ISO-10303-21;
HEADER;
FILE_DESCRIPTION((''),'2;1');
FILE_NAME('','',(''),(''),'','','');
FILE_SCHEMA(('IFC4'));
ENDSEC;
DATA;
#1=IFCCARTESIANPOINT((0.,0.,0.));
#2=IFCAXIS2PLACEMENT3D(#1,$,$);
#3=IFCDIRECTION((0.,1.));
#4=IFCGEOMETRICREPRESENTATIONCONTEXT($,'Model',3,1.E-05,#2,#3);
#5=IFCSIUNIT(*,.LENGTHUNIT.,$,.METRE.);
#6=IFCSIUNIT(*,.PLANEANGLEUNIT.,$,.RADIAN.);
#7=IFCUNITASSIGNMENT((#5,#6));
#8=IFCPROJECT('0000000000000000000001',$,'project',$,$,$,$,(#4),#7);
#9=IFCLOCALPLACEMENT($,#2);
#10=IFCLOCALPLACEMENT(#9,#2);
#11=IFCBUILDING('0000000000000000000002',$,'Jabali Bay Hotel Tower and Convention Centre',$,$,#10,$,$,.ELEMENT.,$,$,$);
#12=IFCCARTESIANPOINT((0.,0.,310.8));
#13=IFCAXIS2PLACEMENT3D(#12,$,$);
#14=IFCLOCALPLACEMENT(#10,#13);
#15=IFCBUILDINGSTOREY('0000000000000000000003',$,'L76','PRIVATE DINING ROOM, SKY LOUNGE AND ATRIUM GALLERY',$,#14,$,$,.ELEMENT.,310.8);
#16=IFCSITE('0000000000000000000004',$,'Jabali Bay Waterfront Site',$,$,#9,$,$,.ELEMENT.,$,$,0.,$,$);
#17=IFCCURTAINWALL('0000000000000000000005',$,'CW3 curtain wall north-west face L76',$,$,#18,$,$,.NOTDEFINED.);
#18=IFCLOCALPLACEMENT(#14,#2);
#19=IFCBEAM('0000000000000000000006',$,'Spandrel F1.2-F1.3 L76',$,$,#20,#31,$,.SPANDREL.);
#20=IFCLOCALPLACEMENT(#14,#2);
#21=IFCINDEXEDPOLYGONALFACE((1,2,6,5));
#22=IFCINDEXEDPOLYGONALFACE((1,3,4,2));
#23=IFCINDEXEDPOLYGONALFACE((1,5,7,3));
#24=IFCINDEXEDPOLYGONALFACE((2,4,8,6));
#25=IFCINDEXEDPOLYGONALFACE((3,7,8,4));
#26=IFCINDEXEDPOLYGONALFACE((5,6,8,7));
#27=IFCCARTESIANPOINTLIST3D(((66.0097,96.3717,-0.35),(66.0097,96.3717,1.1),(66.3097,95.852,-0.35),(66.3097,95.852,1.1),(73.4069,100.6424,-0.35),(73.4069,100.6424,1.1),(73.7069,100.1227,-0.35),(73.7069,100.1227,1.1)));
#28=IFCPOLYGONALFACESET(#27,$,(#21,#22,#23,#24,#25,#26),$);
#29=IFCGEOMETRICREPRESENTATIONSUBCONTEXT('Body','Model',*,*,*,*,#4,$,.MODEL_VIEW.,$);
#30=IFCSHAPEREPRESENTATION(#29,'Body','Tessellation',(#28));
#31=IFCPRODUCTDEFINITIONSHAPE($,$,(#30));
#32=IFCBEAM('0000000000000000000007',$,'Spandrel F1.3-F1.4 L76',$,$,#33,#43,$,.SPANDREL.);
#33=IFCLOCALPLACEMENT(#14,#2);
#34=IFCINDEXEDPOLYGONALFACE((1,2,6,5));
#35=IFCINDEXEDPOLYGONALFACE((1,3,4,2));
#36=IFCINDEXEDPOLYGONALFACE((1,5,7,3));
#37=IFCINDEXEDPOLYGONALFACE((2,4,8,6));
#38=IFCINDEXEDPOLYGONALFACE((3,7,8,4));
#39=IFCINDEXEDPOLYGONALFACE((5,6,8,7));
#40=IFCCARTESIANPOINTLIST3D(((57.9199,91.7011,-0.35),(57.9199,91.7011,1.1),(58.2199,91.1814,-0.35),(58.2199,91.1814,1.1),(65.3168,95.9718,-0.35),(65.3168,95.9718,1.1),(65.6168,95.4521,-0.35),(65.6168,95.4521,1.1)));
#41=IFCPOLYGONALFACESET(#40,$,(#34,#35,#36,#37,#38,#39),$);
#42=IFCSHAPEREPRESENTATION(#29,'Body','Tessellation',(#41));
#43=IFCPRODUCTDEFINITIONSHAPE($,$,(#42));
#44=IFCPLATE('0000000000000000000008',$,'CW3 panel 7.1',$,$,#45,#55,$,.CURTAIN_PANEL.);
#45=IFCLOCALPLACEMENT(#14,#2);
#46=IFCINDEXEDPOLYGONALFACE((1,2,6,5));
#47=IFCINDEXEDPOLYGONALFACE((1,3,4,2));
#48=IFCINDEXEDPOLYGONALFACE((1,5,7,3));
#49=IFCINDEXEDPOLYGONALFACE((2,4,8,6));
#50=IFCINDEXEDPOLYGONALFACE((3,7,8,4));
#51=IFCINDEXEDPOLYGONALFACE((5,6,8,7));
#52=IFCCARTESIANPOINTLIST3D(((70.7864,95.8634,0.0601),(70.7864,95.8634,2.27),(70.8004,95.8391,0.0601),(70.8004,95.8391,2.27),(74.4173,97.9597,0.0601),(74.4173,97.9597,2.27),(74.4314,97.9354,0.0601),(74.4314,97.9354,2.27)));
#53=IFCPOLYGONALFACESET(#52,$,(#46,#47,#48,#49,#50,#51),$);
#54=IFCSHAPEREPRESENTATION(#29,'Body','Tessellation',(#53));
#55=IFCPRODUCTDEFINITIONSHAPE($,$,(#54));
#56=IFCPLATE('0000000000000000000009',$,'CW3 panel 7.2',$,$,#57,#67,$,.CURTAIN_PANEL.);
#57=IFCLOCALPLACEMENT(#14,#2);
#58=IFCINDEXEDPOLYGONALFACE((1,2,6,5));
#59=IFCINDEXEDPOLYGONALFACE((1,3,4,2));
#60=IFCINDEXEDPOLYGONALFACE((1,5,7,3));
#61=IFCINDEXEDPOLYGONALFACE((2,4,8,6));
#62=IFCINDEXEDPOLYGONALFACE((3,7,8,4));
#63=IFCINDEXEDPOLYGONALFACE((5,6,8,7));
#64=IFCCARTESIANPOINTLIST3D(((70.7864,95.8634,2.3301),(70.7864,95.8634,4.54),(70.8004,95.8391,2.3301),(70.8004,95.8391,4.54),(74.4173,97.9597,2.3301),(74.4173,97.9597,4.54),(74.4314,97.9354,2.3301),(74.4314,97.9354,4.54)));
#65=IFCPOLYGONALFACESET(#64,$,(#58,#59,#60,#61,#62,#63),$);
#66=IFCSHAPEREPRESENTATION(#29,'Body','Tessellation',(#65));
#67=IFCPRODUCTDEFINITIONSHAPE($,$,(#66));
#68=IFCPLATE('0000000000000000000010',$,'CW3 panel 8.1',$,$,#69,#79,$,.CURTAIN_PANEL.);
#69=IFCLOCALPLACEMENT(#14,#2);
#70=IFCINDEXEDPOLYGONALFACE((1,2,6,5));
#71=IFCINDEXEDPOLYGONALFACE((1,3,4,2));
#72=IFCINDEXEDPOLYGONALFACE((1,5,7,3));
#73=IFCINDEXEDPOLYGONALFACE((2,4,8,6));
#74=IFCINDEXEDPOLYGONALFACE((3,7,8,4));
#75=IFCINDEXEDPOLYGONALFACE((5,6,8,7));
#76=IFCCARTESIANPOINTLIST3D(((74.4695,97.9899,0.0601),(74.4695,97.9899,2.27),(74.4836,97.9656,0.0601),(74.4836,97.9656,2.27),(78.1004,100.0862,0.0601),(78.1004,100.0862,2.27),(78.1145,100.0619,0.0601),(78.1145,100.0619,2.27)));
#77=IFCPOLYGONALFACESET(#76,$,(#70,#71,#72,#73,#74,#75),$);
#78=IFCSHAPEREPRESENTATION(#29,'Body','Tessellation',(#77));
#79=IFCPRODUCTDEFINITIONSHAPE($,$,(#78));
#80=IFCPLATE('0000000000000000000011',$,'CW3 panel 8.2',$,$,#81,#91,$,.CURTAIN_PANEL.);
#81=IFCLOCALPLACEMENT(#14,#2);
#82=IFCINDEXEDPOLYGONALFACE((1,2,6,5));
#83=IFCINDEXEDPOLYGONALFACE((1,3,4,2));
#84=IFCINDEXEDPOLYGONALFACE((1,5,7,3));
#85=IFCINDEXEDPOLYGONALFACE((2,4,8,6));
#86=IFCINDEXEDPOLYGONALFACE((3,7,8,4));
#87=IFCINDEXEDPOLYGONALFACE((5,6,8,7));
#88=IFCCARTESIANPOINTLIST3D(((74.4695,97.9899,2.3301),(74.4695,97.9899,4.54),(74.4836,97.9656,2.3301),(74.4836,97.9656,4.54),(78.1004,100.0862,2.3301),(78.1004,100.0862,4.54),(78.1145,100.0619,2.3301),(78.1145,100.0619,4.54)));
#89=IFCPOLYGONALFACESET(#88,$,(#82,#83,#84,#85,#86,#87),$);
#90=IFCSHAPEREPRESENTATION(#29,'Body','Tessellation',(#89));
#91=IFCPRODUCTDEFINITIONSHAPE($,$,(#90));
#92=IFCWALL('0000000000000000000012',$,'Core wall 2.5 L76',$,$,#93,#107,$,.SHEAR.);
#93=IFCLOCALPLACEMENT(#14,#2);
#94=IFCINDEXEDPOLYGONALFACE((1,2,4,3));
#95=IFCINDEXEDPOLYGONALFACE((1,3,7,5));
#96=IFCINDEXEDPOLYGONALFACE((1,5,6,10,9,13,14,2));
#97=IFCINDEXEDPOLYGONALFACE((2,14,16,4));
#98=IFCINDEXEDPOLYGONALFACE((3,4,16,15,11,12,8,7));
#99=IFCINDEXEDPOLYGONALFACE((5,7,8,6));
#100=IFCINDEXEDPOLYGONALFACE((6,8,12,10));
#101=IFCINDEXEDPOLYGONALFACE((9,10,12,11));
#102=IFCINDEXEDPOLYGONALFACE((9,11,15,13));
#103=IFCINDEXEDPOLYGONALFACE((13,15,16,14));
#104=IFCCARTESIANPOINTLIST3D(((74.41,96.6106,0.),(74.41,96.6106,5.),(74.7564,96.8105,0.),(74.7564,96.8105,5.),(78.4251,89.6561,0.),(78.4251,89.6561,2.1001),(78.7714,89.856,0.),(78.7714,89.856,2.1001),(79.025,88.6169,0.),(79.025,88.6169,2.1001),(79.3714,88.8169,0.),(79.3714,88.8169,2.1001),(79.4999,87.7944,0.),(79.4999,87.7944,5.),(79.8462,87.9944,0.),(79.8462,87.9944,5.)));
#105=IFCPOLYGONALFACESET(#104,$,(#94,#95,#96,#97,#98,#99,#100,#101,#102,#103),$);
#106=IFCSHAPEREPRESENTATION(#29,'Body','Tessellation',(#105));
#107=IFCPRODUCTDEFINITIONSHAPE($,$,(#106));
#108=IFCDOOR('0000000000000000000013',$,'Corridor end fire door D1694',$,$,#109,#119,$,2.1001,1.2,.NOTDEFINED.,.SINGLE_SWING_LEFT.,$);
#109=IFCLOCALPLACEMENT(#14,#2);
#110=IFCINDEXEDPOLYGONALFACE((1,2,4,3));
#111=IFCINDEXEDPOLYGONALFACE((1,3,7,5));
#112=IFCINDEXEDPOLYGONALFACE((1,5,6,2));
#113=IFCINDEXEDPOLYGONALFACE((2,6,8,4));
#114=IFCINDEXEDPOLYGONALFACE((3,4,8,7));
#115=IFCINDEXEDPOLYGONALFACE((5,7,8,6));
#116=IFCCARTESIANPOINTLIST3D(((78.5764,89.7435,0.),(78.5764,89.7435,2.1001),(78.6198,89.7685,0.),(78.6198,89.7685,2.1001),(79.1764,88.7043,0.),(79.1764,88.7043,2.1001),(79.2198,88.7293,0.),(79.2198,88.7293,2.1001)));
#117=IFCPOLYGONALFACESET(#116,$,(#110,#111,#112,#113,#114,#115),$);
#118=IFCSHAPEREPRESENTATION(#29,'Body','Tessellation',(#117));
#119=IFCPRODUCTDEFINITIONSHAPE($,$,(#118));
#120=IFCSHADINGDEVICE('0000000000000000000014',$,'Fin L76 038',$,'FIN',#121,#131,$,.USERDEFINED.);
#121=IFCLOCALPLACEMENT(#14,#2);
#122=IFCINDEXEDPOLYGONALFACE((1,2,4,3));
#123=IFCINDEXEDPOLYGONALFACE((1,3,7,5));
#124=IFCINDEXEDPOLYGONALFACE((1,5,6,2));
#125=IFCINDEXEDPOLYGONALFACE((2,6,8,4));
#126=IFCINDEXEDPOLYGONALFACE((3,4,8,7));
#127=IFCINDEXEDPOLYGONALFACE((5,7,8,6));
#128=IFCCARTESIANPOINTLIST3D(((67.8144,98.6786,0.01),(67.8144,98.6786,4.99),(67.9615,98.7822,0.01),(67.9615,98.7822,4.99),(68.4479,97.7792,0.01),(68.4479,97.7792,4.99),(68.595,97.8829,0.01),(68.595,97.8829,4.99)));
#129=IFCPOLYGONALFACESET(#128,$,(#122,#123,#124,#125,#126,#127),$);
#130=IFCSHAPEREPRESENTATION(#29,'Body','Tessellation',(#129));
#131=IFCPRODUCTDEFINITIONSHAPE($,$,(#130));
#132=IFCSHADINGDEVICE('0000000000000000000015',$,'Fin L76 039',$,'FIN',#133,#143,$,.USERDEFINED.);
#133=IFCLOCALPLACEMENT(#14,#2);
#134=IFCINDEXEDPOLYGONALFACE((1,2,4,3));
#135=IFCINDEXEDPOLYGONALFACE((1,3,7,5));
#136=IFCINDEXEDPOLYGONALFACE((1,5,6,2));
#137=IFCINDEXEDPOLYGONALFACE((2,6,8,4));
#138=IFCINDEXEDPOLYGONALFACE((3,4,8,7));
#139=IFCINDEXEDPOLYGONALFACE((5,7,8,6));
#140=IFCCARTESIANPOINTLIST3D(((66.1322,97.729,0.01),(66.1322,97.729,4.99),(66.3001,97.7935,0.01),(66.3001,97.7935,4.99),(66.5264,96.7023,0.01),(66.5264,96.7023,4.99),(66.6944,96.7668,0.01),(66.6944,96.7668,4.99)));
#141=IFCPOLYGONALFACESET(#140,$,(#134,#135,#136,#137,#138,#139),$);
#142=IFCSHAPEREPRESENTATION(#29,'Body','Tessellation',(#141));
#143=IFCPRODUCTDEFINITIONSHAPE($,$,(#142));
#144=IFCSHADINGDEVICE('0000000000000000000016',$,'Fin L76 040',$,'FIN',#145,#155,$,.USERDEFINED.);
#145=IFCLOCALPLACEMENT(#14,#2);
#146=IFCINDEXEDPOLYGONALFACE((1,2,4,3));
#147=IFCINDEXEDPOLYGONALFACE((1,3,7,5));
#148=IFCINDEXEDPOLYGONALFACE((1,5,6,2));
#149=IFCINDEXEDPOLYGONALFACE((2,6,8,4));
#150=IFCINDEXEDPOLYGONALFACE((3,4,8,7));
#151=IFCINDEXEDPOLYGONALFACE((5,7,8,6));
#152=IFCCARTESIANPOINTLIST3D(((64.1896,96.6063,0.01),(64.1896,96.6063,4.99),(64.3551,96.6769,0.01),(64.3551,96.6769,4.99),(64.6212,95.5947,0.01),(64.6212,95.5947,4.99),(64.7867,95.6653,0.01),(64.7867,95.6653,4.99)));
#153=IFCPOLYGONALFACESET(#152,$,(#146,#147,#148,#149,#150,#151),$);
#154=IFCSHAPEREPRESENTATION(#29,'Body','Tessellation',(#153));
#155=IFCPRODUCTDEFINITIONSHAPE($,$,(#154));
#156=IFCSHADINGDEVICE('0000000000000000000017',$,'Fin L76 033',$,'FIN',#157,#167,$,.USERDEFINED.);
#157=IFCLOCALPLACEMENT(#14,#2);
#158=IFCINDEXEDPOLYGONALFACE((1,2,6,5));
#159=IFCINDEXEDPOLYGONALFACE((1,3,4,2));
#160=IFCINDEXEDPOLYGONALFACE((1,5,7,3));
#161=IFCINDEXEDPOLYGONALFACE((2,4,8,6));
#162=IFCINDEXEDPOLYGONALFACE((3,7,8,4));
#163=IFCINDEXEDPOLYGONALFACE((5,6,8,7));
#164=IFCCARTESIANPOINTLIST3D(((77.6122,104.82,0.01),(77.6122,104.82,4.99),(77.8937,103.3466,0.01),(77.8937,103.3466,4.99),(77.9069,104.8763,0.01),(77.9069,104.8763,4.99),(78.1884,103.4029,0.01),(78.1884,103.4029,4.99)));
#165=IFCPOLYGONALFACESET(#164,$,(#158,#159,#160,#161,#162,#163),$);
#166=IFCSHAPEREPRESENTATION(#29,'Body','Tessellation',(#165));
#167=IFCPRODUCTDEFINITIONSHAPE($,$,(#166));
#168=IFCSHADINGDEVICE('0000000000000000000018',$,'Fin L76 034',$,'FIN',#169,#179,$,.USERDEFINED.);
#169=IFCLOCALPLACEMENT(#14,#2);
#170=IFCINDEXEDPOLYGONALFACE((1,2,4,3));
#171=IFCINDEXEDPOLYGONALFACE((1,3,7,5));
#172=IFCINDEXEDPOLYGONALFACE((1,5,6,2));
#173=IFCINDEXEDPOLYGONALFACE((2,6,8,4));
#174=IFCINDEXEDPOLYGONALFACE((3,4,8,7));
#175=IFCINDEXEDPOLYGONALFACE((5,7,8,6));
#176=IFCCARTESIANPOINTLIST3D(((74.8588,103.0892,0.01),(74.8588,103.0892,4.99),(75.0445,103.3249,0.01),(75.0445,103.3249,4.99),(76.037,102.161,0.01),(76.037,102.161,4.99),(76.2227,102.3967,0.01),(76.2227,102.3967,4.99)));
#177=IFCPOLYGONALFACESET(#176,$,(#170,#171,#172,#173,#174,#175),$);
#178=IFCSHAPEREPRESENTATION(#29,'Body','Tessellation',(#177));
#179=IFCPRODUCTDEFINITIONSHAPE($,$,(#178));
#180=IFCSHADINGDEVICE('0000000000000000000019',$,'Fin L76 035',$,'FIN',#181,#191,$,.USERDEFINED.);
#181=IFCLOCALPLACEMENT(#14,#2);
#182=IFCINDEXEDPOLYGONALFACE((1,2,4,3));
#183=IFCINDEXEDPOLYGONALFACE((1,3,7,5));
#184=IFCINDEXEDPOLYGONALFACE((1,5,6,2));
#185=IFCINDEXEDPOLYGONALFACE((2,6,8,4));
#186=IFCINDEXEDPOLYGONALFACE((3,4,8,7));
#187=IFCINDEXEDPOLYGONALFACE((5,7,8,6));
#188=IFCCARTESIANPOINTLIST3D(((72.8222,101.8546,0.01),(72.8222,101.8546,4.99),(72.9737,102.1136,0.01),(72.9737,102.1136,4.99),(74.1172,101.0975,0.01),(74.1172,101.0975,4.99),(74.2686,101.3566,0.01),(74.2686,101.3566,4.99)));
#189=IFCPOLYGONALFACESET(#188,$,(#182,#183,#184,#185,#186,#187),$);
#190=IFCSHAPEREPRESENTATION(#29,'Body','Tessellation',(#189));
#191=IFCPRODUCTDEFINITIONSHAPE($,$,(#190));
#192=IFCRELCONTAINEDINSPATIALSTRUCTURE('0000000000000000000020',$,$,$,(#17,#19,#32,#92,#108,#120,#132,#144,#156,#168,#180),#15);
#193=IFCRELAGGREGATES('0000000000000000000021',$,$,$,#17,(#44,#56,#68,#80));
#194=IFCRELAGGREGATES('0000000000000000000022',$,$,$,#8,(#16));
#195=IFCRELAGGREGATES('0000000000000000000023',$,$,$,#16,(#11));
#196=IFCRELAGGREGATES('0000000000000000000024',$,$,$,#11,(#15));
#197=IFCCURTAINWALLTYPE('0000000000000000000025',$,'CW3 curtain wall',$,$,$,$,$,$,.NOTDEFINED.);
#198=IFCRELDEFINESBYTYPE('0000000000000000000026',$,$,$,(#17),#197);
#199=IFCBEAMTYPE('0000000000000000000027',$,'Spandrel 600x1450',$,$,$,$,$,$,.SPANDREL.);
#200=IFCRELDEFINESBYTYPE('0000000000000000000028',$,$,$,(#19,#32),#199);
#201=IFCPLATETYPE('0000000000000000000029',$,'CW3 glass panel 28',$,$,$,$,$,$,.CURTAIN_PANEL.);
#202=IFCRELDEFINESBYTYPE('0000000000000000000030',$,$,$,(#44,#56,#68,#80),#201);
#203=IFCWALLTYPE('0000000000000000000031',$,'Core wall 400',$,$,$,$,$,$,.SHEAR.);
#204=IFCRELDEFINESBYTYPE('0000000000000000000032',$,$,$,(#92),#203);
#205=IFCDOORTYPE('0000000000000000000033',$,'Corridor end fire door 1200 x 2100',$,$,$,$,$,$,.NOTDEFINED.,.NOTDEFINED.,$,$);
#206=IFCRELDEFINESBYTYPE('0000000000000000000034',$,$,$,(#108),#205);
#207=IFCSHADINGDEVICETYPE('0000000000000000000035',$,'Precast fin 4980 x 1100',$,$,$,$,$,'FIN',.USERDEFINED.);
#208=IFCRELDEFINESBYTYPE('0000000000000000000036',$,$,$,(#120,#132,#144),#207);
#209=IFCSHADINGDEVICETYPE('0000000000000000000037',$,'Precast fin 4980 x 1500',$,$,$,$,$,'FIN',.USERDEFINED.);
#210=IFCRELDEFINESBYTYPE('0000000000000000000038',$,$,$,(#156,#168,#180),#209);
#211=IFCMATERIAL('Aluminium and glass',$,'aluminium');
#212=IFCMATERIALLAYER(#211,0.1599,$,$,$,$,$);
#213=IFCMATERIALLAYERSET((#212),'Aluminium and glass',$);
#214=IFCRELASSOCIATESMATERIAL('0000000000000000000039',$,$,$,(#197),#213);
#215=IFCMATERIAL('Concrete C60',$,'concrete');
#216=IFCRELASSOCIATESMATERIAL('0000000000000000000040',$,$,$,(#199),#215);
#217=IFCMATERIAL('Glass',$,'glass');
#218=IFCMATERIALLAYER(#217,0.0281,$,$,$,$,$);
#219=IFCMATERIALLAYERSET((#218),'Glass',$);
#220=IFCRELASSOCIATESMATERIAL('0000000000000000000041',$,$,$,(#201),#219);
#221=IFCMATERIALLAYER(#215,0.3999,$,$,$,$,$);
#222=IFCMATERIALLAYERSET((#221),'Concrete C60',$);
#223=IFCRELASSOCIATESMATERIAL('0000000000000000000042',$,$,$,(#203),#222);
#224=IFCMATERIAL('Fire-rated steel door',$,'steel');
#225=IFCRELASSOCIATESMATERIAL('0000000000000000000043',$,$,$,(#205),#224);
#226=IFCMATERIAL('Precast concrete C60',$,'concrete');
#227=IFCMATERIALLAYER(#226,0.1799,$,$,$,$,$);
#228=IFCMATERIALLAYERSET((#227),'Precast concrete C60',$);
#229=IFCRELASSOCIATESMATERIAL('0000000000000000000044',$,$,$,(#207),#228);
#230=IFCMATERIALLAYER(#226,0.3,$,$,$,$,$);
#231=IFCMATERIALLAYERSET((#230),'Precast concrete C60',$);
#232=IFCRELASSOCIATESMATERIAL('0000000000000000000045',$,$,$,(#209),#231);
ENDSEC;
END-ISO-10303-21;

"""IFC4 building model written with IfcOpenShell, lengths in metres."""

from ifc_helpers import new_model, si_unit, direction, frame, frame_2d, origin, origin_2d, place, context, subcontext, project, spatial, rectangle, extrude, material, layer, layer_set, material_profile, profile_set, type_object, element, fill, aggregate, save


model = new_model("IFC4")

# Units and contexts
model_context = context("Model", 3, precision=1e-05, world=origin(), true_north=direction((0.0, 1.0)))
body_context = subcontext(model_context, "Body", "Model", "MODEL_VIEW")
ifc_project = project(units=[si_unit("LENGTHUNIT", "METRE"), si_unit("PLANEANGLEUNIT", "RADIAN")], contexts=[model_context])

# Site, building, storey
site_placement = place(None, origin())
site = spatial("IfcSite", under=ifc_project, at=site_placement, Name="Jabali Bay Waterfront Site", CompositionType="ELEMENT", RefElevation=0.0)
building_placement = place(site_placement, origin())
building = spatial("IfcBuilding", under=site, at=building_placement, Name="Jabali Bay Hotel Tower and Convention Centre", CompositionType="ELEMENT")
storey_placement = place(building_placement, frame((0.0, 0.0, 310.8)))
storey = spatial("IfcBuildingStorey", under=building, at=storey_placement, Name="L76", Description="PRIVATE DINING ROOM, SKY LOUNGE AND ATRIUM GALLERY", CompositionType="ELEMENT", Elevation=310.8)

# Shared definitions
ifc_material_1 = material(Name="Concrete C60", Category="concrete")

# Curtain wall
ifc_material_2 = material(Name="Aluminium and glass", Category="aluminium")
ifc_layer_1 = layer(ifc_material_2, 0.1599)
ifc_layer_set_1 = layer_set([ifc_layer_1], Name="Aluminium and glass")
curtain_wall_type = type_object("IfcCurtainWallType", Name="CW3 curtain wall", PredefinedType="NOTDEFINED", material=ifc_layer_set_1)
curtain_wall_placement = place(storey_placement, origin())
curtain_wall = element("IfcCurtainWall", 1, at=curtain_wall_placement, inside=storey, type_object=curtain_wall_type, Name="CW3 curtain wall north-west face L76", PredefinedType="NOTDEFINED")

# Beams
ifc_material_profile_1 = material_profile(ifc_material_1, rectangle(XDim=0.6001, YDim=1.45, at=origin_2d()), Name="Spandrel 600x1450")
ifc_profile_set_1 = profile_set([ifc_material_profile_1], Name="Concrete C60")
beam_type = type_object("IfcBeamType", Name="Spandrel 600x1450", PredefinedType="SPANDREL", material=ifc_profile_set_1)
beam_1_placement = place(storey_placement, frame((73.5569, 100.3826, 0.375), z_axis=(-0.866027, -0.499997, 0.0), x_axis=(0.499997, -0.866027, 0.0)))
element("IfcBeam", 2, at=beam_1_placement, inside=storey, type_object=beam_type, Name="Spandrel F1.2-F1.3 L76", PredefinedType="SPANDREL", context=body_context, shape_type="SweptSolid", body=[
    extrude(rectangle(XDim=0.6001, YDim=1.45, at=origin_2d()), origin(), (0.0, 0.0, 1.0), 8.5415),
])
beam_2_placement = place(storey_placement, frame((65.4668, 95.7119, 0.375), z_axis=(-0.86602, -0.500009, 0.0), x_axis=(0.500009, -0.86602, 0.0)))
element("IfcBeam", 3, at=beam_2_placement, inside=storey, type_object=beam_type, Name="Spandrel F1.3-F1.4 L76", PredefinedType="SPANDREL", context=body_context, shape_type="SweptSolid", body=[
    extrude(rectangle(XDim=0.6001, YDim=1.45, at=origin_2d()), origin(), (0.0, 0.0, 1.0), 8.5413),
])

# Plates
ifc_material_3 = material(Name="Glass", Category="glass")
ifc_layer_2 = layer(ifc_material_3, 0.0281)
ifc_layer_set_2 = layer_set([ifc_layer_2], Name="Glass")
plate_type = type_object("IfcPlateType", Name="CW3 glass panel 28", PredefinedType="CURTAIN_PANEL", material=ifc_layer_set_2)
plate_1_placement = place(storey_placement, frame((72.6089, 96.8994, 0.0601), z_axis=(0.0, 0.0, 1.0), x_axis=(0.866025, 0.5, 0.0)))
plate_1 = element("IfcPlate", 4, at=plate_1_placement, type_object=plate_type, Name="CW3 panel 7.1", PredefinedType="CURTAIN_PANEL", context=body_context, shape_type="SweptSolid", body=[
    extrude(rectangle(XDim=4.1926, YDim=0.0281, at=origin_2d()), origin(), (0.0, 0.0, 1.0), 2.21),
])
plate_2_placement = place(storey_placement, frame((72.6089, 96.8994, 2.3301), z_axis=(0.0, 0.0, 1.0), x_axis=(0.866025, 0.5, 0.0)))
plate_2 = element("IfcPlate", 5, at=plate_2_placement, type_object=plate_type, Name="CW3 panel 7.2", PredefinedType="CURTAIN_PANEL", context=body_context, shape_type="SweptSolid", body=[
    extrude(rectangle(XDim=4.1926, YDim=0.0281, at=origin_2d()), origin(), (0.0, 0.0, 1.0), 2.21),
])
plate_3_placement = place(storey_placement, frame((76.292, 99.0259, 0.0601), z_axis=(0.0, 0.0, 1.0), x_axis=(0.866025, 0.5, 0.0)))
plate_3 = element("IfcPlate", 6, at=plate_3_placement, type_object=plate_type, Name="CW3 panel 8.1", PredefinedType="CURTAIN_PANEL", context=body_context, shape_type="SweptSolid", body=[
    extrude(rectangle(XDim=4.1926, YDim=0.0281, at=origin_2d()), origin(), (0.0, 0.0, 1.0), 2.21),
])
plate_4_placement = place(storey_placement, frame((76.292, 99.0259, 2.3301), z_axis=(0.0, 0.0, 1.0), x_axis=(0.866025, 0.5, 0.0)))
plate_4 = element("IfcPlate", 7, at=plate_4_placement, type_object=plate_type, Name="CW3 panel 8.2", PredefinedType="CURTAIN_PANEL", context=body_context, shape_type="SweptSolid", body=[
    extrude(rectangle(XDim=4.1926, YDim=0.0281, at=origin_2d()), origin(), (0.0, 0.0, 1.0), 2.21),
])
aggregate(curtain_wall, [plate_1, plate_2, plate_3, plate_4])

# Wall, opening, door
ifc_layer_3 = layer(ifc_material_1, 0.3999)
ifc_layer_set_3 = layer_set([ifc_layer_3], Name="Concrete C60")
wall_type = type_object("IfcWallType", Name="Core wall 400", PredefinedType="SHEAR", material=ifc_layer_set_3)
wall_placement = place(storey_placement, frame((74.5833, 96.7104, 0.0), z_axis=(0.0, 0.0, 1.0), x_axis=(0.499987, -0.866033, 0.0)))
wall = element("IfcWall", 8, at=wall_placement, inside=storey, type_object=wall_type, Name="Core wall 2.5 L76", PredefinedType="SHEAR", context=body_context, shape_type="SweptSolid", body=[
    extrude(rectangle(XDim=10.1799, YDim=0.3999, at=frame_2d((5.0898, 0.0))), origin(), (0.0, 0.0, 1.0), 5.0),
])
opening_placement = place(wall_placement, frame((8.03, 0.0, 0.0)))
opening = element("IfcOpeningElement", 9, at=opening_placement, cuts=wall, PredefinedType="OPENING", context=body_context, shape_type="SweptSolid", body=[
    extrude(rectangle(XDim=1.2, YDim=2.1001, at=frame_2d((0.6001, 1.05))), frame((0.0, 0.2104, 0.0), z_axis=(0.0, -1.0, 0.0), x_axis=(1.0, 0.0, 0.0)), (0.0, 0.0, 1.0), 0.4209),
])
ifc_material_4 = material(Name="Fire-rated steel door", Category="steel")
door_type = type_object("IfcDoorType", Name="Corridor end fire door 1200 x 2100", OperationType="NOTDEFINED", PredefinedType="NOTDEFINED", material=ifc_material_4)
door_placement = place(opening_placement, origin())
door = element("IfcDoor", 10, at=door_placement, inside=storey, type_object=door_type, Name="Corridor end fire door D1694", OperationType="SINGLE_SWING_LEFT", OverallHeight=2.1001, OverallWidth=1.2, PredefinedType="NOTDEFINED", context=body_context, shape_type="SweptSolid", body=[
    extrude(rectangle(XDim=1.2, YDim=2.1001, at=frame_2d((0.6001, 1.05))), frame((0.0, 0.0249, 0.0), z_axis=(0.0, -1.0, 0.0), x_axis=(1.0, 0.0, 0.0)), (0.0, 0.0, 1.0), 0.05),
])
fill(opening, door)

# Shading devices
ifc_material_5 = material(Name="Precast concrete C60", Category="concrete")
ifc_layer_4 = layer(ifc_material_5, 0.1799)
ifc_layer_set_4 = layer_set([ifc_layer_4], Name="Precast concrete C60")
shading_device_type_1 = type_object("IfcShadingDeviceType", Name="Precast fin 4980 x 1100", ElementType="FIN", PredefinedType="USERDEFINED", material=ifc_layer_set_4)
shading_device_placement = place(storey_placement, frame((68.5215, 97.8311, 0.01), z_axis=(0.0, 0.0, 1.0), x_axis=(-0.575873, 0.817539, 0.0)))
element("IfcShadingDevice", 11, at=shading_device_placement, inside=storey, type_object=shading_device_type_1, Name="Fin L76 038", ObjectType="FIN", PredefinedType="USERDEFINED", context=body_context, shape_type="SweptSolid", body=[
    extrude(rectangle(XDim=1.1001, YDim=0.1799, at=frame_2d((0.55, 0.0))), origin(), (0.0, 0.0, 1.0), 4.98),
])
for number, where, z_axis, x_axis, name in (
    (12, (66.6104, 96.7346, 0.01), (0.0, 0.0, 1.0), (-0.358458, 0.933546, 0.0), "Fin L76 039"),
    (13, (64.7039, 95.6301, 0.01), (0.0, 0.0, 1.0), (-0.392419, 0.919787, 0.0), "Fin L76 040"),
):
    element("IfcShadingDevice", number, at=place(storey_placement, frame(where, z_axis=z_axis, x_axis=x_axis)), inside=storey, type_object=shading_device_type_1, Name=name, ObjectType="FIN", PredefinedType="USERDEFINED", context=body_context, shape_type="SweptSolid", body=[
        extrude(rectangle(XDim=1.0999, YDim=0.1799, at=frame_2d((0.5498, 0.0))), origin(), (0.0, 0.0, 1.0), 4.98),
    ])
ifc_layer_5 = layer(ifc_material_5, 0.3)
ifc_layer_set_5 = layer_set([ifc_layer_5], Name="Precast concrete C60")
shading_device_type_2 = type_object("IfcShadingDeviceType", Name="Precast fin 4980 x 1500", ElementType="FIN", PredefinedType="USERDEFINED", material=ifc_layer_set_5)
for number, where, z_axis, x_axis, name in (
    (14, (78.041, 103.3748, 0.01), (0.0, 0.0, 1.0), (-0.187658, 0.982234, 0.0), "Fin L76 033"),
    (15, (76.1299, 102.2788, 0.01), (0.0, 0.0, 1.0), (-0.785516, 0.618842, 0.0), "Fin L76 034"),
    (16, (74.1929, 101.2271, 0.01), (0.0, 0.0, 1.0), (-0.863283, 0.504721, 0.0), "Fin L76 035"),
):
    element("IfcShadingDevice", number, at=place(storey_placement, frame(where, z_axis=z_axis, x_axis=x_axis)), inside=storey, type_object=shading_device_type_2, Name=name, ObjectType="FIN", PredefinedType="USERDEFINED", context=body_context, shape_type="SweptSolid", body=[
        extrude(rectangle(XDim=1.5, YDim=0.3, at=frame_2d((0.75, 0.0))), origin(), (0.0, 0.0, 1.0), 4.98),
    ])

save(model, "model.ifc")
